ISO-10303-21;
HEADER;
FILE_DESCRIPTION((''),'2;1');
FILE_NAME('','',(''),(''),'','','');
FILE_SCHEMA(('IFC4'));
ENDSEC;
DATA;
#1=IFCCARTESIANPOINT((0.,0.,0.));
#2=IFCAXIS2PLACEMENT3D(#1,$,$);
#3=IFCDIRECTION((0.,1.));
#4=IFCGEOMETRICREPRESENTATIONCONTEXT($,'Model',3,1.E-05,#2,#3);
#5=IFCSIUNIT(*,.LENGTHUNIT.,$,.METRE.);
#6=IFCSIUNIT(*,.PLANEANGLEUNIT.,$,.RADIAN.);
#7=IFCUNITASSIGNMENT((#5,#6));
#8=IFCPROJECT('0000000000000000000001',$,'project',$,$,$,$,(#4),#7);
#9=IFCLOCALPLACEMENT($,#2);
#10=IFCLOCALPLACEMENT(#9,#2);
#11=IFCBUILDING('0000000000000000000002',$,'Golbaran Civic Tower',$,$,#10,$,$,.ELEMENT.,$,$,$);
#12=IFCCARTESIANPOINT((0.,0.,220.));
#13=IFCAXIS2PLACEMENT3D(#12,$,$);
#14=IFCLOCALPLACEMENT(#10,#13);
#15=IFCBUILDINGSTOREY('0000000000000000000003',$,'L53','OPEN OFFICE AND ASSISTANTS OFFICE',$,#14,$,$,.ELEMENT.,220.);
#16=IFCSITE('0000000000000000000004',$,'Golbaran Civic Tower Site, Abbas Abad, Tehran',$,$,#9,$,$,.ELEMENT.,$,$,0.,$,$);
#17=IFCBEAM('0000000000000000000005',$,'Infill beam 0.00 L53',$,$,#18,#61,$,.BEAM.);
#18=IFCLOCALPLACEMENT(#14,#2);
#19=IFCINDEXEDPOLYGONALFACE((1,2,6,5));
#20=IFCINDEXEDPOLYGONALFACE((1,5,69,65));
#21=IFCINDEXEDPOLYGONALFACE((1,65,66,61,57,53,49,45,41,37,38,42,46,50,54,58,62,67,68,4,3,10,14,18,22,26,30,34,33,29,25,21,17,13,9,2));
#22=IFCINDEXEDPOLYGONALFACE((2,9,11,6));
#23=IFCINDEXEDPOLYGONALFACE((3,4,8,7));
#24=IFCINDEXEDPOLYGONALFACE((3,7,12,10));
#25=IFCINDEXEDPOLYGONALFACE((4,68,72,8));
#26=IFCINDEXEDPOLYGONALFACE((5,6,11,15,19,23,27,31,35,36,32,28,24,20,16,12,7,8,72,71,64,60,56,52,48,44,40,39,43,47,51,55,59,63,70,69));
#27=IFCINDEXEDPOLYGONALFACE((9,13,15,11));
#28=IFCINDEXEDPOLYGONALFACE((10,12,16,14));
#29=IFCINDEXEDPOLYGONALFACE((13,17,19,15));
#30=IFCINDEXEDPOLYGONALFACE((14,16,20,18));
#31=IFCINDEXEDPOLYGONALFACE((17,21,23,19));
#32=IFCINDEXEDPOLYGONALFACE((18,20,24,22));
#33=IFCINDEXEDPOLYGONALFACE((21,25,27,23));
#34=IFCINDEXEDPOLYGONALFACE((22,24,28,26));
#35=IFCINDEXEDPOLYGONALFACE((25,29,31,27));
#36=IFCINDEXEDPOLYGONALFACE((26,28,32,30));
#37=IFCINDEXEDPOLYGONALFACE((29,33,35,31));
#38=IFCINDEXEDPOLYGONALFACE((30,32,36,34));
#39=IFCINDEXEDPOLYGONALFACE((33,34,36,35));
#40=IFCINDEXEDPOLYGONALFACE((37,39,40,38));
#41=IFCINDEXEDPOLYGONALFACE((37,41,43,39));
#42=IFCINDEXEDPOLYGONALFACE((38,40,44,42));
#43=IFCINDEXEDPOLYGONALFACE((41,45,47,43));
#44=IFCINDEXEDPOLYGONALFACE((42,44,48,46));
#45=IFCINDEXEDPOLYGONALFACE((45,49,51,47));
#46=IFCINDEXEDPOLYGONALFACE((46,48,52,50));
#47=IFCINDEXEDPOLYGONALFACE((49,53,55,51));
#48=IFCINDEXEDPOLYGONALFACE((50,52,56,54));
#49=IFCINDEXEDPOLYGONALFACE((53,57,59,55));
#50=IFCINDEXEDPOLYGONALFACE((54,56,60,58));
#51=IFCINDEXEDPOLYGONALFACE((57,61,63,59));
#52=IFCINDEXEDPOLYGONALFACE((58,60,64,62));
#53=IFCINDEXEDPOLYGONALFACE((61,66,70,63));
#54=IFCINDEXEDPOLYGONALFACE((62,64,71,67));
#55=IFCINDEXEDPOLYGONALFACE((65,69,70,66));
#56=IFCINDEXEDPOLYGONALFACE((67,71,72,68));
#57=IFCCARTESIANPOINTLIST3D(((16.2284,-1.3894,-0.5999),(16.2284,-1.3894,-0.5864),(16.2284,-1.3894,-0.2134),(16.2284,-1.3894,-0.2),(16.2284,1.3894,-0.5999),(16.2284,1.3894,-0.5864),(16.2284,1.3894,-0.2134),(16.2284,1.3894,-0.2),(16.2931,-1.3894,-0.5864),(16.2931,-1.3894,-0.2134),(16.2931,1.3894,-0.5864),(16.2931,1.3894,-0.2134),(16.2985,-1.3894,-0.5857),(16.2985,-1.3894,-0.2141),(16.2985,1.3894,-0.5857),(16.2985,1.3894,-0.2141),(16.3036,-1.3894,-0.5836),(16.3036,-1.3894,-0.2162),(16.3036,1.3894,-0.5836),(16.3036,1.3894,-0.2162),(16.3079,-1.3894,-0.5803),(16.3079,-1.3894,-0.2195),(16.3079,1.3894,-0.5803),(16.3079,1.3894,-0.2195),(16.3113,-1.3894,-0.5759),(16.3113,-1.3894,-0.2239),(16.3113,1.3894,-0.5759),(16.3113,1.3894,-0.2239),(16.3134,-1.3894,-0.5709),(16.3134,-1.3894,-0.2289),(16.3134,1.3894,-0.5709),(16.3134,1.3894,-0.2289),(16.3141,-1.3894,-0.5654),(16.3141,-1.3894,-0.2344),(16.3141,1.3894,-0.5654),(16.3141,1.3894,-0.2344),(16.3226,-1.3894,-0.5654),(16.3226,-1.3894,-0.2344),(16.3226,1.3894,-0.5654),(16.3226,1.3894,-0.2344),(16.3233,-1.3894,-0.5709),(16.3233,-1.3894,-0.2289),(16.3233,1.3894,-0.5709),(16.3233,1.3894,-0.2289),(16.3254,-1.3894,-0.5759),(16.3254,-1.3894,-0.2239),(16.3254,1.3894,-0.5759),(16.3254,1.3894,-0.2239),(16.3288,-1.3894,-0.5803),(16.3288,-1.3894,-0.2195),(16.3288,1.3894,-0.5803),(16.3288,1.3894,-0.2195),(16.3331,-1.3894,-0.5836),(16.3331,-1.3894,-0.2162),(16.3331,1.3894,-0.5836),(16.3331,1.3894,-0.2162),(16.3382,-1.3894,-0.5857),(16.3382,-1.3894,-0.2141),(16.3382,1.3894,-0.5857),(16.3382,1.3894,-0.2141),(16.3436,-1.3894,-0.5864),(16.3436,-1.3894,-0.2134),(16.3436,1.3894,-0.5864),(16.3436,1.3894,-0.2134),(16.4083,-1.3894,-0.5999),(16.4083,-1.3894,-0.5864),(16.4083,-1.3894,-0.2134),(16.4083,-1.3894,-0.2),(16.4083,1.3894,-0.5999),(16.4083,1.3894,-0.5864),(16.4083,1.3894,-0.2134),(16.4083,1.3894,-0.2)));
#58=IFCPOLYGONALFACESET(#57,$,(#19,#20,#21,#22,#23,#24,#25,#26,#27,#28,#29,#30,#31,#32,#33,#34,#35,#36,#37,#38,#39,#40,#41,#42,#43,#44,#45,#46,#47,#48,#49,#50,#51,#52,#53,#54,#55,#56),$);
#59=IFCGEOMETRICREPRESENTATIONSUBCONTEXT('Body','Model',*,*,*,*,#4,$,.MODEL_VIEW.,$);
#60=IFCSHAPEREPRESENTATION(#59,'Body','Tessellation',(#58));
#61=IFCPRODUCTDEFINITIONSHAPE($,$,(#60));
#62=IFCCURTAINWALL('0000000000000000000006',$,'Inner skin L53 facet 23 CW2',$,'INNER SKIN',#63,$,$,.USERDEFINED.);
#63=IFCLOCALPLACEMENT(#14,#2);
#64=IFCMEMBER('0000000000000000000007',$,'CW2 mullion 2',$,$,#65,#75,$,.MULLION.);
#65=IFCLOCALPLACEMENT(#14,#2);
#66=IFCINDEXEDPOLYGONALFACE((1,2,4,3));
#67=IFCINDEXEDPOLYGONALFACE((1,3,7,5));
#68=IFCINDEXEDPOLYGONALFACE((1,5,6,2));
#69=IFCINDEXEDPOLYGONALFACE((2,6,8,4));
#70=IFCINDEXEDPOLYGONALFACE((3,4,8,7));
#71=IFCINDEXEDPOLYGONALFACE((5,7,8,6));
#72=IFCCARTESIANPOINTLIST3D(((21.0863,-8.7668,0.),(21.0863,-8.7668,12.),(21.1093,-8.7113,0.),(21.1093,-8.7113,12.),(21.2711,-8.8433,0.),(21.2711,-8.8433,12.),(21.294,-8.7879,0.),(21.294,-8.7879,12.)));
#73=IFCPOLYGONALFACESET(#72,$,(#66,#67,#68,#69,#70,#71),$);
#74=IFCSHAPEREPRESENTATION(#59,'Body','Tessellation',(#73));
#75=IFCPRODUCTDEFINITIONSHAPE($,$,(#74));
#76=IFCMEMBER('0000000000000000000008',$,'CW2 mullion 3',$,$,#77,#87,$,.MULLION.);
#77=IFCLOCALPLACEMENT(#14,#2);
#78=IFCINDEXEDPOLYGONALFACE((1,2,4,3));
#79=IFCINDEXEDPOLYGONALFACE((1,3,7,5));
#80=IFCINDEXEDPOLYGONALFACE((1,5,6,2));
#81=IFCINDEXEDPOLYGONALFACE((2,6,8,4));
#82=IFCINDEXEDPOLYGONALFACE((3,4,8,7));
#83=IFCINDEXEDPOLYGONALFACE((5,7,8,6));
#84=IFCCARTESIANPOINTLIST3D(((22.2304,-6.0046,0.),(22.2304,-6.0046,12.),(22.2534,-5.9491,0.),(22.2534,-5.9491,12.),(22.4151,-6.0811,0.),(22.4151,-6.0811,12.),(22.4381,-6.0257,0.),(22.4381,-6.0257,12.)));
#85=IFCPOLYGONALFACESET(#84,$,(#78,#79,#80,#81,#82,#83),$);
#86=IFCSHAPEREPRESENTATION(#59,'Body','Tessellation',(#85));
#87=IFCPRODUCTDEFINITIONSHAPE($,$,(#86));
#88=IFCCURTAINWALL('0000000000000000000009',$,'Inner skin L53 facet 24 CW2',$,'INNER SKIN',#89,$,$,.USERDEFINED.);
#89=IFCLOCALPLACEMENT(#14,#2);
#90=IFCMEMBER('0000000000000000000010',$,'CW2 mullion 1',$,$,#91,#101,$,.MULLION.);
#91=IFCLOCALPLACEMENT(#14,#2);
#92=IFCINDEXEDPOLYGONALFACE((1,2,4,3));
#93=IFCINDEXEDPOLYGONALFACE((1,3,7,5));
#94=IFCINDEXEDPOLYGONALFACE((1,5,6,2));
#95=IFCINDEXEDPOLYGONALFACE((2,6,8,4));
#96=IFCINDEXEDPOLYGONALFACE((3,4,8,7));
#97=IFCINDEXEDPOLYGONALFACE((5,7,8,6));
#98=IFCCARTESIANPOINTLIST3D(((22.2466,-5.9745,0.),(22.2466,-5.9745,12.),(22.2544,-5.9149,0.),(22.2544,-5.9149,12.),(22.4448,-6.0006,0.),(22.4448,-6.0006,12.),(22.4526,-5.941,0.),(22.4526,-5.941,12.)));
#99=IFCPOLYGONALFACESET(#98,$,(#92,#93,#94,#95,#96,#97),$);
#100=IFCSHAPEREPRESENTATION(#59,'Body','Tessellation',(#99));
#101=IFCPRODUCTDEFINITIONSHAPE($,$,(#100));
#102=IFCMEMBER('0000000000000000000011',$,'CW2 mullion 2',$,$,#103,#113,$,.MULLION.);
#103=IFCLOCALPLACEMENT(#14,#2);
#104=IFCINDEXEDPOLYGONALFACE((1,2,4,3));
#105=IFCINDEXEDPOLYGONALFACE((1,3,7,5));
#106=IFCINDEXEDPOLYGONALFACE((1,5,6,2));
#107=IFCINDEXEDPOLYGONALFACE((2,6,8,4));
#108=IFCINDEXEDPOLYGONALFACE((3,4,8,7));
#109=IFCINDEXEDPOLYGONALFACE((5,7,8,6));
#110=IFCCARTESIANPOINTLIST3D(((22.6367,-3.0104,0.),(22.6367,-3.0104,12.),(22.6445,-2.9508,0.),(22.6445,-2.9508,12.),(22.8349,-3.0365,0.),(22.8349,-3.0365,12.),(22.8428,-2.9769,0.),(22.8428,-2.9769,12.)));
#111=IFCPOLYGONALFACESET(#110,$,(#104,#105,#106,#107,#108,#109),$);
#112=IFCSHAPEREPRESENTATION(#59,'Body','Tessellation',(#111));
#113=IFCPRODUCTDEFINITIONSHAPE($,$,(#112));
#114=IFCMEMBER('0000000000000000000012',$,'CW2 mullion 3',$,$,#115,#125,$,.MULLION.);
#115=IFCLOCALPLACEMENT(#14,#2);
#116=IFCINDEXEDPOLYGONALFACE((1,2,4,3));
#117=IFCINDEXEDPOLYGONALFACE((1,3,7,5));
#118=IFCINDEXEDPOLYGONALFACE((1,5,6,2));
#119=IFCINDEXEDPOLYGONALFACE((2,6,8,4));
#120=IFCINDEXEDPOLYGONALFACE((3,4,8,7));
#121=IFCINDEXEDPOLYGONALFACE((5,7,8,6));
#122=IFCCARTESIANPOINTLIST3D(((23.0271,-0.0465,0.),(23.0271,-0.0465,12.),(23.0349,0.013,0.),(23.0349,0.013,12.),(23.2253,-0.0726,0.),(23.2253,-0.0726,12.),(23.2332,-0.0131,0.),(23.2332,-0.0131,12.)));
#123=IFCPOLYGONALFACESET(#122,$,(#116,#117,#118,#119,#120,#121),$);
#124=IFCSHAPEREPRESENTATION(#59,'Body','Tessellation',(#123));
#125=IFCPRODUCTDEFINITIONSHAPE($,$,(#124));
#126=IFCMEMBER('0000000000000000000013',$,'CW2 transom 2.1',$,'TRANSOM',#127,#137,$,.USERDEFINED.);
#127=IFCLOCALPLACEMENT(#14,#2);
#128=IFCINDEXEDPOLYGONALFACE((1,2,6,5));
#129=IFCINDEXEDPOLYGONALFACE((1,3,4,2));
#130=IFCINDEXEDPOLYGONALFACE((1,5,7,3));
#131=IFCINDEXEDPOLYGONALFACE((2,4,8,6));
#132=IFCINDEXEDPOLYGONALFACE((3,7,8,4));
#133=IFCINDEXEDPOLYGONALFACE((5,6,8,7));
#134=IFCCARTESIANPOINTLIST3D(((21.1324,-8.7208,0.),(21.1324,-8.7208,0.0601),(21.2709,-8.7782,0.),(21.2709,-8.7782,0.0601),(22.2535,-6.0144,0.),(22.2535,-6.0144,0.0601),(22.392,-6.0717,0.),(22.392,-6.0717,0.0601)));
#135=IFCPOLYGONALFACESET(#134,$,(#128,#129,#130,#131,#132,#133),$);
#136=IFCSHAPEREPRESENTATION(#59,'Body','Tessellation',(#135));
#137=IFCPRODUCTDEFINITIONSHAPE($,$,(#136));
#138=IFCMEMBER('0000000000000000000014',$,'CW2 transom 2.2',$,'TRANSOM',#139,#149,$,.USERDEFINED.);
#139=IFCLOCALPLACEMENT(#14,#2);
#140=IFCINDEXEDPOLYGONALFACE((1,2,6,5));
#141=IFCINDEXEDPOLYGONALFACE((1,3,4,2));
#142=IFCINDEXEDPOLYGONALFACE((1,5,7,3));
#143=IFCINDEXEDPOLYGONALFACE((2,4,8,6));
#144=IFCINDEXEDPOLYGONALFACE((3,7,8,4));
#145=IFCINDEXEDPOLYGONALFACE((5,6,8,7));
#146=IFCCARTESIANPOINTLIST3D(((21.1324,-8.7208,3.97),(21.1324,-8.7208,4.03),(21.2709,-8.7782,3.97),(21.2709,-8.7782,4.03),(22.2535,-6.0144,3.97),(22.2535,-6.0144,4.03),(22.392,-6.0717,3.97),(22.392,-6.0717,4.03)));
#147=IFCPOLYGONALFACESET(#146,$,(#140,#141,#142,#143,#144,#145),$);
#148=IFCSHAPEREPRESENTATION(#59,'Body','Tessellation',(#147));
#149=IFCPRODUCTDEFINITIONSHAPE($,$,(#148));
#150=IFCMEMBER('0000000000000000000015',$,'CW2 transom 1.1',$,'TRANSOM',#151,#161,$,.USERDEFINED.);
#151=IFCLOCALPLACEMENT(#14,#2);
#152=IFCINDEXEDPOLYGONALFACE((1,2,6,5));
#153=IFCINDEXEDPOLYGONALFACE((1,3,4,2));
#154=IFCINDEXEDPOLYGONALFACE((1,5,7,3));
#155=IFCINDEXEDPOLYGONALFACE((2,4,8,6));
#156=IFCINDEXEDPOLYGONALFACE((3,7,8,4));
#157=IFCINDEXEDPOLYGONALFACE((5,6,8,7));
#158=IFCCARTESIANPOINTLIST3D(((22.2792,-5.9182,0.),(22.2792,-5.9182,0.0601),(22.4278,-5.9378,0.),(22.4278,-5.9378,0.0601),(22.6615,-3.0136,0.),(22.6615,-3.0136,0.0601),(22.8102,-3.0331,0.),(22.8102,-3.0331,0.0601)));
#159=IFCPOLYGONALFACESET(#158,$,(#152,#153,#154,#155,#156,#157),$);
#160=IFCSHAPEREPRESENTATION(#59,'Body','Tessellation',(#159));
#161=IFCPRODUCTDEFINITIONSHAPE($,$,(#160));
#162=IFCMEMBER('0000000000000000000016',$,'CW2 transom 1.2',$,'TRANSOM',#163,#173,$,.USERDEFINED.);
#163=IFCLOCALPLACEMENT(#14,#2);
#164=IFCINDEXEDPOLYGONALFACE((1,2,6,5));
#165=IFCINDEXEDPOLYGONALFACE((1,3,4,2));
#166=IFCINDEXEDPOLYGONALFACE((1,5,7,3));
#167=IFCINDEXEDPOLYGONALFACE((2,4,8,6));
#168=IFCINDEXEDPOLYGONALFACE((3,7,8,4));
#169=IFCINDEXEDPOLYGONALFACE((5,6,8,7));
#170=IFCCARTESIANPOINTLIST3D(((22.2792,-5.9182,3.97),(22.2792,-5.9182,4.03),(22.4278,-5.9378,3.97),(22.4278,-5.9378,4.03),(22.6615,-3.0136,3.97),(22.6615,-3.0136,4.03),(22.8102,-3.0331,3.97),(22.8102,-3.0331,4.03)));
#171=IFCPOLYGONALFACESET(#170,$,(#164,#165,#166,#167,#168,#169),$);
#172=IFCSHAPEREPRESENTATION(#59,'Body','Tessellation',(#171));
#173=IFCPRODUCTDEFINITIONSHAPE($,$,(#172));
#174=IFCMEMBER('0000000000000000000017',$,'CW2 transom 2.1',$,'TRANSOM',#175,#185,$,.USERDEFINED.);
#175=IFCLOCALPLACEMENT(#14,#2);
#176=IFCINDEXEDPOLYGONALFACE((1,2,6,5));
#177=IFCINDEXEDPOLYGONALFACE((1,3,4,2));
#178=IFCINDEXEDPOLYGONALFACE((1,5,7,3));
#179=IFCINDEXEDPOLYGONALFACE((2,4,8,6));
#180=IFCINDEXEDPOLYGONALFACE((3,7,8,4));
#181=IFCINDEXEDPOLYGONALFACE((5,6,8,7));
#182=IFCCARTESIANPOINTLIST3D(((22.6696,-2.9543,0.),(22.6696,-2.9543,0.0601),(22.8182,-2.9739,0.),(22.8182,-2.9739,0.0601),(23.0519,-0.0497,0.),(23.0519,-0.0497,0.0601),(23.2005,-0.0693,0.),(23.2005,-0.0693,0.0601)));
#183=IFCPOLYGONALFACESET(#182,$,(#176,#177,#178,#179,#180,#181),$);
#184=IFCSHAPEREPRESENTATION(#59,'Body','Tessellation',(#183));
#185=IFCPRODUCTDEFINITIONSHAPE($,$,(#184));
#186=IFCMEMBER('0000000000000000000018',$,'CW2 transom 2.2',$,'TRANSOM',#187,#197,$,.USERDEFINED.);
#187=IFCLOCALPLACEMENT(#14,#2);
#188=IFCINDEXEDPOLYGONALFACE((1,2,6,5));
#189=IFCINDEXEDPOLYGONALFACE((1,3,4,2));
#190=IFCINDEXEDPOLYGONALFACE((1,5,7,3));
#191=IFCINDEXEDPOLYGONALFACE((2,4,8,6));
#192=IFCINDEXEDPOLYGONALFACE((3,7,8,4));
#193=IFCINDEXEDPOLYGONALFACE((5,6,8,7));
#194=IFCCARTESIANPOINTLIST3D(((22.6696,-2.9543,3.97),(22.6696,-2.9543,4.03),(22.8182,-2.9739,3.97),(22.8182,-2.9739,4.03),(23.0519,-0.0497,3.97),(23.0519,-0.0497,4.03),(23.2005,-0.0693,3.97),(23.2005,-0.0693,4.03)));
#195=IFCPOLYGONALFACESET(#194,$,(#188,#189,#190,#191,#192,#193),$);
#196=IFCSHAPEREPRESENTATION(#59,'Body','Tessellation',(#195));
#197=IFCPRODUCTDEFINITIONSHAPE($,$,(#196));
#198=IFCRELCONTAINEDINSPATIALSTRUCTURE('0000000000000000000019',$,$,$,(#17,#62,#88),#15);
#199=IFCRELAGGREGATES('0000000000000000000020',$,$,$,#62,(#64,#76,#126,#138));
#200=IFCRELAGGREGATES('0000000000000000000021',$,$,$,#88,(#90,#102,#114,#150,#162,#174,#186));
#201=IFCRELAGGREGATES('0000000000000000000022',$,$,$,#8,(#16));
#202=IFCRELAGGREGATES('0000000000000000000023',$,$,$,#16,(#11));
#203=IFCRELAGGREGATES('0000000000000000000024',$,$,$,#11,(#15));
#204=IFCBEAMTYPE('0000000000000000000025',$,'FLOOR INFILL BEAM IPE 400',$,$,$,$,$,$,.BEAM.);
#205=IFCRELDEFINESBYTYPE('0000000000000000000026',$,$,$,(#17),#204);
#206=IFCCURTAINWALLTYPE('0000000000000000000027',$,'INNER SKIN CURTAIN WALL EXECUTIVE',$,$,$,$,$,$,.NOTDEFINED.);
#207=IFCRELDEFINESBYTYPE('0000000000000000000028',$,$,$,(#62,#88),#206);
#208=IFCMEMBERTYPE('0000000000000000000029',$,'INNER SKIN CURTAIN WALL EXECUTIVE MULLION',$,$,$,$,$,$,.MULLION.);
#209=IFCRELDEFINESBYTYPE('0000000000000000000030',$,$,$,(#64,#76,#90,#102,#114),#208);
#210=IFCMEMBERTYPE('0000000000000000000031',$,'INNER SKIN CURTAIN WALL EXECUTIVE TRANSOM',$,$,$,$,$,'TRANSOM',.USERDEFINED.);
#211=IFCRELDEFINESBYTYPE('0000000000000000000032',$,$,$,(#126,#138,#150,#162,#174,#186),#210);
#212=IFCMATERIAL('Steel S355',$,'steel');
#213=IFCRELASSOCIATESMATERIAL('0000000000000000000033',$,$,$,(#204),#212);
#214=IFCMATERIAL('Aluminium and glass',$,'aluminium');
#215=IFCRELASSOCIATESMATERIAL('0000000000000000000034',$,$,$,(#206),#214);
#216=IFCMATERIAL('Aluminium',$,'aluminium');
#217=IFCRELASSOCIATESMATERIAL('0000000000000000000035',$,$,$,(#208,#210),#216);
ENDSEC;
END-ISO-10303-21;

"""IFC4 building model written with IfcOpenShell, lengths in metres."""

from ifc_helpers import new_model, si_unit, direction, frame, origin, origin_2d, place, context, subcontext, project, spatial, rectangle, i_section, extrude, material, material_profile, profile_set, type_object, element, aggregate, save


model = new_model("IFC4")

# Units and contexts
model_context = context("Model", 3, precision=1e-05, world=origin(), true_north=direction((0.0, 1.0)))
body_context = subcontext(model_context, "Body", "Model", "MODEL_VIEW")
ifc_project = project(units=[si_unit("LENGTHUNIT", "METRE"), si_unit("PLANEANGLEUNIT", "RADIAN")], contexts=[model_context])

# Site, building, storey
site_placement = place(None, origin())
site = spatial("IfcSite", under=ifc_project, at=site_placement, Name="Golbaran Civic Tower Site, Abbas Abad, Tehran", CompositionType="ELEMENT", RefElevation=0.0)
building_placement = place(site_placement, origin())
building = spatial("IfcBuilding", under=site, at=building_placement, Name="Golbaran Civic Tower", CompositionType="ELEMENT")
storey_placement = place(building_placement, frame((0.0, 0.0, 220.0)))
storey = spatial("IfcBuildingStorey", under=building, at=storey_placement, Name="L53", Description="OPEN OFFICE AND ASSISTANTS OFFICE", CompositionType="ELEMENT", Elevation=220.0)

# Beam
ifc_material_1 = material(Name="Steel S355", Category="steel")
ifc_material_profile_1 = material_profile(ifc_material_1, i_section(OverallWidth=0.1799, OverallDepth=0.3999, WebThickness=0.0085, FlangeThickness=0.0134, FilletRadius=0.021, at=origin_2d()), Name="IPE 400")
ifc_profile_set_1 = profile_set([ifc_material_profile_1], Name="Steel S355")
beam_type_1 = type_object("IfcBeamType", Name="FLOOR INFILL BEAM IPE 400", PredefinedType="BEAM", material=ifc_profile_set_1)
beam_1_placement = place(storey_placement, frame((16.3184, -1.3894, -0.3999), z_axis=(0.0, 1.0, 0.0), x_axis=(-1.0, 0.0, 0.0)))
element("IfcBeam", 1, at=beam_1_placement, inside=storey, type_object=beam_type_1, Name="Infill beam 0.00 L53", PredefinedType="BEAM", context=body_context, shape_type="SweptSolid", body=[
    extrude(i_section(OverallWidth=0.1799, OverallDepth=0.3999, WebThickness=0.0085, FlangeThickness=0.0134, FilletRadius=0.021, at=origin_2d()), origin(), (0.0, 0.0, 1.0), 2.7788),
])

# Curtain walls, members
ifc_material_2 = material(Name="Aluminium and glass", Category="aluminium")
curtain_wall_type = type_object("IfcCurtainWallType", Name="INNER SKIN CURTAIN WALL EXECUTIVE", PredefinedType="NOTDEFINED", material=ifc_material_2)
curtain_wall_1_placement = place(storey_placement, origin())
curtain_wall_1 = element("IfcCurtainWall", 2, at=curtain_wall_1_placement, inside=storey, type_object=curtain_wall_type, Name="Inner skin L53 facet 23 CW2", ObjectType="INNER SKIN", PredefinedType="USERDEFINED")
ifc_material_3 = material(Name="Aluminium", Category="aluminium")
ifc_material_profile_2 = material_profile(ifc_material_3, rectangle(XDim=0.2, YDim=0.0601, at=origin_2d()), Name="INNER SKIN CURTAIN WALL EXECUTIVE MULLION")
ifc_profile_set_2 = profile_set([ifc_material_profile_2], Name="Aluminium")
member_type_1 = type_object("IfcMemberType", Name="INNER SKIN CURTAIN WALL EXECUTIVE MULLION", PredefinedType="MULLION", material=ifc_profile_set_2)
member_1_placement = place(storey_placement, frame((21.1902, -8.7773, 0.0), z_axis=(0.0, 0.0, 1.0), x_axis=(-0.92388, 0.382683, 0.0)))
member_1 = element("IfcMember", 3, at=member_1_placement, type_object=member_type_1, Name="CW2 mullion 2", PredefinedType="MULLION", context=body_context, shape_type="SweptSolid", body=[
    extrude(rectangle(XDim=0.2, YDim=0.0601, at=origin_2d()), origin(), (0.0, 0.0, 1.0), 12.0),
])
member_2_placement = place(storey_placement, frame((22.3342, -6.0151, 0.0), z_axis=(0.0, 0.0, 1.0), x_axis=(-0.92388, 0.382683, 0.0)))
member_2 = element("IfcMember", 4, at=member_2_placement, type_object=member_type_1, Name="CW2 mullion 3", PredefinedType="MULLION", context=body_context, shape_type="SweptSolid", body=[
    extrude(rectangle(XDim=0.2, YDim=0.0601, at=origin_2d()), origin(), (0.0, 0.0, 1.0), 12.0),
])
curtain_wall_2_placement = place(storey_placement, origin())
curtain_wall_2 = element("IfcCurtainWall", 5, at=curtain_wall_2_placement, inside=storey, type_object=curtain_wall_type, Name="Inner skin L53 facet 24 CW2", ObjectType="INNER SKIN", PredefinedType="USERDEFINED")
member_3_placement = place(storey_placement, frame((22.3496, -5.9578, 0.0), z_axis=(0.0, 0.0, 1.0), x_axis=(-0.991445, 0.130526, 0.0)))
member_3 = element("IfcMember", 6, at=member_3_placement, type_object=member_type_1, Name="CW2 mullion 1", PredefinedType="MULLION", context=body_context, shape_type="SweptSolid", body=[
    extrude(rectangle(XDim=0.2, YDim=0.0601, at=origin_2d()), origin(), (0.0, 0.0, 1.0), 12.0),
])
member_4_placement = place(storey_placement, frame((22.7397, -2.9937, 0.0), z_axis=(0.0, 0.0, 1.0), x_axis=(-0.991445, 0.130526, 0.0)))
member_4 = element("IfcMember", 7, at=member_4_placement, type_object=member_type_1, Name="CW2 mullion 2", PredefinedType="MULLION", context=body_context, shape_type="SweptSolid", body=[
    extrude(rectangle(XDim=0.2, YDim=0.0601, at=origin_2d()), origin(), (0.0, 0.0, 1.0), 12.0),
])
member_5_placement = place(storey_placement, frame((23.1301, -0.0298, 0.0), z_axis=(0.0, 0.0, 1.0), x_axis=(-0.991445, 0.130526, 0.0)))
member_5 = element("IfcMember", 8, at=member_5_placement, type_object=member_type_1, Name="CW2 mullion 3", PredefinedType="MULLION", context=body_context, shape_type="SweptSolid", body=[
    extrude(rectangle(XDim=0.2, YDim=0.0601, at=origin_2d()), origin(), (0.0, 0.0, 1.0), 12.0),
])

# Members
ifc_material_profile_3 = material_profile(ifc_material_3, rectangle(XDim=0.1499, YDim=0.0601, at=origin_2d()), Name="INNER SKIN CURTAIN WALL EXECUTIVE TRANSOM")
ifc_profile_set_3 = profile_set([ifc_material_profile_3], Name="Aluminium")
member_type_2 = type_object("IfcMemberType", Name="INNER SKIN CURTAIN WALL EXECUTIVE TRANSOM", ElementType="TRANSOM", PredefinedType="USERDEFINED", material=ifc_profile_set_3)
member_6_placement = place(storey_placement, frame((21.2017, -8.7495, 0.03), z_axis=(0.382685, 0.923879, 0.0), x_axis=(-0.923879, 0.382685, 0.0)))
member_6 = element("IfcMember", 9, at=member_6_placement, type_object=member_type_2, Name="CW2 transom 2.1", ObjectType="TRANSOM", PredefinedType="USERDEFINED", context=body_context, shape_type="SweptSolid", body=[
    extrude(rectangle(XDim=0.1499, YDim=0.0601, at=origin_2d()), origin(), (0.0, 0.0, 1.0), 2.9294),
])
member_7_placement = place(storey_placement, frame((21.2017, -8.7495, 4.0), z_axis=(0.382685, 0.923879, 0.0), x_axis=(-0.923879, 0.382685, 0.0)))
member_7 = element("IfcMember", 10, at=member_7_placement, type_object=member_type_2, Name="CW2 transom 2.2", ObjectType="TRANSOM", PredefinedType="USERDEFINED", context=body_context, shape_type="SweptSolid", body=[
    extrude(rectangle(XDim=0.1499, YDim=0.0601, at=origin_2d()), origin(), (0.0, 0.0, 1.0), 2.9294),
])
member_8_placement = place(storey_placement, frame((22.3535, -5.928, 0.03), z_axis=(0.130504, 0.991448, 0.0), x_axis=(-0.991448, 0.130504, 0.0)))
member_8 = element("IfcMember", 11, at=member_8_placement, type_object=member_type_2, Name="CW2 transom 1.1", ObjectType="TRANSOM", PredefinedType="USERDEFINED", context=body_context, shape_type="SweptSolid", body=[
    extrude(rectangle(XDim=0.1499, YDim=0.0601, at=origin_2d()), origin(), (0.0, 0.0, 1.0), 2.9297),
])
member_9_placement = place(storey_placement, frame((22.3535, -5.928, 4.0), z_axis=(0.130504, 0.991448, 0.0), x_axis=(-0.991448, 0.130504, 0.0)))
member_9 = element("IfcMember", 12, at=member_9_placement, type_object=member_type_2, Name="CW2 transom 1.2", ObjectType="TRANSOM", PredefinedType="USERDEFINED", context=body_context, shape_type="SweptSolid", body=[
    extrude(rectangle(XDim=0.1499, YDim=0.0601, at=origin_2d()), origin(), (0.0, 0.0, 1.0), 2.9297),
])
member_10_placement = place(storey_placement, frame((22.7439, -2.9641, 0.03), z_axis=(0.130504, 0.991448, 0.0), x_axis=(-0.991448, 0.130504, 0.0)))
member_10 = element("IfcMember", 13, at=member_10_placement, type_object=member_type_2, Name="CW2 transom 2.1", ObjectType="TRANSOM", PredefinedType="USERDEFINED", context=body_context, shape_type="SweptSolid", body=[
    extrude(rectangle(XDim=0.1499, YDim=0.0601, at=origin_2d()), origin(), (0.0, 0.0, 1.0), 2.9297),
])
member_11_placement = place(storey_placement, frame((22.7439, -2.9641, 4.0), z_axis=(0.130504, 0.991448, 0.0), x_axis=(-0.991448, 0.130504, 0.0)))
member_11 = element("IfcMember", 14, at=member_11_placement, type_object=member_type_2, Name="CW2 transom 2.2", ObjectType="TRANSOM", PredefinedType="USERDEFINED", context=body_context, shape_type="SweptSolid", body=[
    extrude(rectangle(XDim=0.1499, YDim=0.0601, at=origin_2d()), origin(), (0.0, 0.0, 1.0), 2.9297),
])

aggregate(curtain_wall_1, [member_1, member_2, member_6, member_7])
aggregate(curtain_wall_2, [member_3, member_4, member_5, member_8, member_9, member_10, member_11])

save(model, "model.ifc")
